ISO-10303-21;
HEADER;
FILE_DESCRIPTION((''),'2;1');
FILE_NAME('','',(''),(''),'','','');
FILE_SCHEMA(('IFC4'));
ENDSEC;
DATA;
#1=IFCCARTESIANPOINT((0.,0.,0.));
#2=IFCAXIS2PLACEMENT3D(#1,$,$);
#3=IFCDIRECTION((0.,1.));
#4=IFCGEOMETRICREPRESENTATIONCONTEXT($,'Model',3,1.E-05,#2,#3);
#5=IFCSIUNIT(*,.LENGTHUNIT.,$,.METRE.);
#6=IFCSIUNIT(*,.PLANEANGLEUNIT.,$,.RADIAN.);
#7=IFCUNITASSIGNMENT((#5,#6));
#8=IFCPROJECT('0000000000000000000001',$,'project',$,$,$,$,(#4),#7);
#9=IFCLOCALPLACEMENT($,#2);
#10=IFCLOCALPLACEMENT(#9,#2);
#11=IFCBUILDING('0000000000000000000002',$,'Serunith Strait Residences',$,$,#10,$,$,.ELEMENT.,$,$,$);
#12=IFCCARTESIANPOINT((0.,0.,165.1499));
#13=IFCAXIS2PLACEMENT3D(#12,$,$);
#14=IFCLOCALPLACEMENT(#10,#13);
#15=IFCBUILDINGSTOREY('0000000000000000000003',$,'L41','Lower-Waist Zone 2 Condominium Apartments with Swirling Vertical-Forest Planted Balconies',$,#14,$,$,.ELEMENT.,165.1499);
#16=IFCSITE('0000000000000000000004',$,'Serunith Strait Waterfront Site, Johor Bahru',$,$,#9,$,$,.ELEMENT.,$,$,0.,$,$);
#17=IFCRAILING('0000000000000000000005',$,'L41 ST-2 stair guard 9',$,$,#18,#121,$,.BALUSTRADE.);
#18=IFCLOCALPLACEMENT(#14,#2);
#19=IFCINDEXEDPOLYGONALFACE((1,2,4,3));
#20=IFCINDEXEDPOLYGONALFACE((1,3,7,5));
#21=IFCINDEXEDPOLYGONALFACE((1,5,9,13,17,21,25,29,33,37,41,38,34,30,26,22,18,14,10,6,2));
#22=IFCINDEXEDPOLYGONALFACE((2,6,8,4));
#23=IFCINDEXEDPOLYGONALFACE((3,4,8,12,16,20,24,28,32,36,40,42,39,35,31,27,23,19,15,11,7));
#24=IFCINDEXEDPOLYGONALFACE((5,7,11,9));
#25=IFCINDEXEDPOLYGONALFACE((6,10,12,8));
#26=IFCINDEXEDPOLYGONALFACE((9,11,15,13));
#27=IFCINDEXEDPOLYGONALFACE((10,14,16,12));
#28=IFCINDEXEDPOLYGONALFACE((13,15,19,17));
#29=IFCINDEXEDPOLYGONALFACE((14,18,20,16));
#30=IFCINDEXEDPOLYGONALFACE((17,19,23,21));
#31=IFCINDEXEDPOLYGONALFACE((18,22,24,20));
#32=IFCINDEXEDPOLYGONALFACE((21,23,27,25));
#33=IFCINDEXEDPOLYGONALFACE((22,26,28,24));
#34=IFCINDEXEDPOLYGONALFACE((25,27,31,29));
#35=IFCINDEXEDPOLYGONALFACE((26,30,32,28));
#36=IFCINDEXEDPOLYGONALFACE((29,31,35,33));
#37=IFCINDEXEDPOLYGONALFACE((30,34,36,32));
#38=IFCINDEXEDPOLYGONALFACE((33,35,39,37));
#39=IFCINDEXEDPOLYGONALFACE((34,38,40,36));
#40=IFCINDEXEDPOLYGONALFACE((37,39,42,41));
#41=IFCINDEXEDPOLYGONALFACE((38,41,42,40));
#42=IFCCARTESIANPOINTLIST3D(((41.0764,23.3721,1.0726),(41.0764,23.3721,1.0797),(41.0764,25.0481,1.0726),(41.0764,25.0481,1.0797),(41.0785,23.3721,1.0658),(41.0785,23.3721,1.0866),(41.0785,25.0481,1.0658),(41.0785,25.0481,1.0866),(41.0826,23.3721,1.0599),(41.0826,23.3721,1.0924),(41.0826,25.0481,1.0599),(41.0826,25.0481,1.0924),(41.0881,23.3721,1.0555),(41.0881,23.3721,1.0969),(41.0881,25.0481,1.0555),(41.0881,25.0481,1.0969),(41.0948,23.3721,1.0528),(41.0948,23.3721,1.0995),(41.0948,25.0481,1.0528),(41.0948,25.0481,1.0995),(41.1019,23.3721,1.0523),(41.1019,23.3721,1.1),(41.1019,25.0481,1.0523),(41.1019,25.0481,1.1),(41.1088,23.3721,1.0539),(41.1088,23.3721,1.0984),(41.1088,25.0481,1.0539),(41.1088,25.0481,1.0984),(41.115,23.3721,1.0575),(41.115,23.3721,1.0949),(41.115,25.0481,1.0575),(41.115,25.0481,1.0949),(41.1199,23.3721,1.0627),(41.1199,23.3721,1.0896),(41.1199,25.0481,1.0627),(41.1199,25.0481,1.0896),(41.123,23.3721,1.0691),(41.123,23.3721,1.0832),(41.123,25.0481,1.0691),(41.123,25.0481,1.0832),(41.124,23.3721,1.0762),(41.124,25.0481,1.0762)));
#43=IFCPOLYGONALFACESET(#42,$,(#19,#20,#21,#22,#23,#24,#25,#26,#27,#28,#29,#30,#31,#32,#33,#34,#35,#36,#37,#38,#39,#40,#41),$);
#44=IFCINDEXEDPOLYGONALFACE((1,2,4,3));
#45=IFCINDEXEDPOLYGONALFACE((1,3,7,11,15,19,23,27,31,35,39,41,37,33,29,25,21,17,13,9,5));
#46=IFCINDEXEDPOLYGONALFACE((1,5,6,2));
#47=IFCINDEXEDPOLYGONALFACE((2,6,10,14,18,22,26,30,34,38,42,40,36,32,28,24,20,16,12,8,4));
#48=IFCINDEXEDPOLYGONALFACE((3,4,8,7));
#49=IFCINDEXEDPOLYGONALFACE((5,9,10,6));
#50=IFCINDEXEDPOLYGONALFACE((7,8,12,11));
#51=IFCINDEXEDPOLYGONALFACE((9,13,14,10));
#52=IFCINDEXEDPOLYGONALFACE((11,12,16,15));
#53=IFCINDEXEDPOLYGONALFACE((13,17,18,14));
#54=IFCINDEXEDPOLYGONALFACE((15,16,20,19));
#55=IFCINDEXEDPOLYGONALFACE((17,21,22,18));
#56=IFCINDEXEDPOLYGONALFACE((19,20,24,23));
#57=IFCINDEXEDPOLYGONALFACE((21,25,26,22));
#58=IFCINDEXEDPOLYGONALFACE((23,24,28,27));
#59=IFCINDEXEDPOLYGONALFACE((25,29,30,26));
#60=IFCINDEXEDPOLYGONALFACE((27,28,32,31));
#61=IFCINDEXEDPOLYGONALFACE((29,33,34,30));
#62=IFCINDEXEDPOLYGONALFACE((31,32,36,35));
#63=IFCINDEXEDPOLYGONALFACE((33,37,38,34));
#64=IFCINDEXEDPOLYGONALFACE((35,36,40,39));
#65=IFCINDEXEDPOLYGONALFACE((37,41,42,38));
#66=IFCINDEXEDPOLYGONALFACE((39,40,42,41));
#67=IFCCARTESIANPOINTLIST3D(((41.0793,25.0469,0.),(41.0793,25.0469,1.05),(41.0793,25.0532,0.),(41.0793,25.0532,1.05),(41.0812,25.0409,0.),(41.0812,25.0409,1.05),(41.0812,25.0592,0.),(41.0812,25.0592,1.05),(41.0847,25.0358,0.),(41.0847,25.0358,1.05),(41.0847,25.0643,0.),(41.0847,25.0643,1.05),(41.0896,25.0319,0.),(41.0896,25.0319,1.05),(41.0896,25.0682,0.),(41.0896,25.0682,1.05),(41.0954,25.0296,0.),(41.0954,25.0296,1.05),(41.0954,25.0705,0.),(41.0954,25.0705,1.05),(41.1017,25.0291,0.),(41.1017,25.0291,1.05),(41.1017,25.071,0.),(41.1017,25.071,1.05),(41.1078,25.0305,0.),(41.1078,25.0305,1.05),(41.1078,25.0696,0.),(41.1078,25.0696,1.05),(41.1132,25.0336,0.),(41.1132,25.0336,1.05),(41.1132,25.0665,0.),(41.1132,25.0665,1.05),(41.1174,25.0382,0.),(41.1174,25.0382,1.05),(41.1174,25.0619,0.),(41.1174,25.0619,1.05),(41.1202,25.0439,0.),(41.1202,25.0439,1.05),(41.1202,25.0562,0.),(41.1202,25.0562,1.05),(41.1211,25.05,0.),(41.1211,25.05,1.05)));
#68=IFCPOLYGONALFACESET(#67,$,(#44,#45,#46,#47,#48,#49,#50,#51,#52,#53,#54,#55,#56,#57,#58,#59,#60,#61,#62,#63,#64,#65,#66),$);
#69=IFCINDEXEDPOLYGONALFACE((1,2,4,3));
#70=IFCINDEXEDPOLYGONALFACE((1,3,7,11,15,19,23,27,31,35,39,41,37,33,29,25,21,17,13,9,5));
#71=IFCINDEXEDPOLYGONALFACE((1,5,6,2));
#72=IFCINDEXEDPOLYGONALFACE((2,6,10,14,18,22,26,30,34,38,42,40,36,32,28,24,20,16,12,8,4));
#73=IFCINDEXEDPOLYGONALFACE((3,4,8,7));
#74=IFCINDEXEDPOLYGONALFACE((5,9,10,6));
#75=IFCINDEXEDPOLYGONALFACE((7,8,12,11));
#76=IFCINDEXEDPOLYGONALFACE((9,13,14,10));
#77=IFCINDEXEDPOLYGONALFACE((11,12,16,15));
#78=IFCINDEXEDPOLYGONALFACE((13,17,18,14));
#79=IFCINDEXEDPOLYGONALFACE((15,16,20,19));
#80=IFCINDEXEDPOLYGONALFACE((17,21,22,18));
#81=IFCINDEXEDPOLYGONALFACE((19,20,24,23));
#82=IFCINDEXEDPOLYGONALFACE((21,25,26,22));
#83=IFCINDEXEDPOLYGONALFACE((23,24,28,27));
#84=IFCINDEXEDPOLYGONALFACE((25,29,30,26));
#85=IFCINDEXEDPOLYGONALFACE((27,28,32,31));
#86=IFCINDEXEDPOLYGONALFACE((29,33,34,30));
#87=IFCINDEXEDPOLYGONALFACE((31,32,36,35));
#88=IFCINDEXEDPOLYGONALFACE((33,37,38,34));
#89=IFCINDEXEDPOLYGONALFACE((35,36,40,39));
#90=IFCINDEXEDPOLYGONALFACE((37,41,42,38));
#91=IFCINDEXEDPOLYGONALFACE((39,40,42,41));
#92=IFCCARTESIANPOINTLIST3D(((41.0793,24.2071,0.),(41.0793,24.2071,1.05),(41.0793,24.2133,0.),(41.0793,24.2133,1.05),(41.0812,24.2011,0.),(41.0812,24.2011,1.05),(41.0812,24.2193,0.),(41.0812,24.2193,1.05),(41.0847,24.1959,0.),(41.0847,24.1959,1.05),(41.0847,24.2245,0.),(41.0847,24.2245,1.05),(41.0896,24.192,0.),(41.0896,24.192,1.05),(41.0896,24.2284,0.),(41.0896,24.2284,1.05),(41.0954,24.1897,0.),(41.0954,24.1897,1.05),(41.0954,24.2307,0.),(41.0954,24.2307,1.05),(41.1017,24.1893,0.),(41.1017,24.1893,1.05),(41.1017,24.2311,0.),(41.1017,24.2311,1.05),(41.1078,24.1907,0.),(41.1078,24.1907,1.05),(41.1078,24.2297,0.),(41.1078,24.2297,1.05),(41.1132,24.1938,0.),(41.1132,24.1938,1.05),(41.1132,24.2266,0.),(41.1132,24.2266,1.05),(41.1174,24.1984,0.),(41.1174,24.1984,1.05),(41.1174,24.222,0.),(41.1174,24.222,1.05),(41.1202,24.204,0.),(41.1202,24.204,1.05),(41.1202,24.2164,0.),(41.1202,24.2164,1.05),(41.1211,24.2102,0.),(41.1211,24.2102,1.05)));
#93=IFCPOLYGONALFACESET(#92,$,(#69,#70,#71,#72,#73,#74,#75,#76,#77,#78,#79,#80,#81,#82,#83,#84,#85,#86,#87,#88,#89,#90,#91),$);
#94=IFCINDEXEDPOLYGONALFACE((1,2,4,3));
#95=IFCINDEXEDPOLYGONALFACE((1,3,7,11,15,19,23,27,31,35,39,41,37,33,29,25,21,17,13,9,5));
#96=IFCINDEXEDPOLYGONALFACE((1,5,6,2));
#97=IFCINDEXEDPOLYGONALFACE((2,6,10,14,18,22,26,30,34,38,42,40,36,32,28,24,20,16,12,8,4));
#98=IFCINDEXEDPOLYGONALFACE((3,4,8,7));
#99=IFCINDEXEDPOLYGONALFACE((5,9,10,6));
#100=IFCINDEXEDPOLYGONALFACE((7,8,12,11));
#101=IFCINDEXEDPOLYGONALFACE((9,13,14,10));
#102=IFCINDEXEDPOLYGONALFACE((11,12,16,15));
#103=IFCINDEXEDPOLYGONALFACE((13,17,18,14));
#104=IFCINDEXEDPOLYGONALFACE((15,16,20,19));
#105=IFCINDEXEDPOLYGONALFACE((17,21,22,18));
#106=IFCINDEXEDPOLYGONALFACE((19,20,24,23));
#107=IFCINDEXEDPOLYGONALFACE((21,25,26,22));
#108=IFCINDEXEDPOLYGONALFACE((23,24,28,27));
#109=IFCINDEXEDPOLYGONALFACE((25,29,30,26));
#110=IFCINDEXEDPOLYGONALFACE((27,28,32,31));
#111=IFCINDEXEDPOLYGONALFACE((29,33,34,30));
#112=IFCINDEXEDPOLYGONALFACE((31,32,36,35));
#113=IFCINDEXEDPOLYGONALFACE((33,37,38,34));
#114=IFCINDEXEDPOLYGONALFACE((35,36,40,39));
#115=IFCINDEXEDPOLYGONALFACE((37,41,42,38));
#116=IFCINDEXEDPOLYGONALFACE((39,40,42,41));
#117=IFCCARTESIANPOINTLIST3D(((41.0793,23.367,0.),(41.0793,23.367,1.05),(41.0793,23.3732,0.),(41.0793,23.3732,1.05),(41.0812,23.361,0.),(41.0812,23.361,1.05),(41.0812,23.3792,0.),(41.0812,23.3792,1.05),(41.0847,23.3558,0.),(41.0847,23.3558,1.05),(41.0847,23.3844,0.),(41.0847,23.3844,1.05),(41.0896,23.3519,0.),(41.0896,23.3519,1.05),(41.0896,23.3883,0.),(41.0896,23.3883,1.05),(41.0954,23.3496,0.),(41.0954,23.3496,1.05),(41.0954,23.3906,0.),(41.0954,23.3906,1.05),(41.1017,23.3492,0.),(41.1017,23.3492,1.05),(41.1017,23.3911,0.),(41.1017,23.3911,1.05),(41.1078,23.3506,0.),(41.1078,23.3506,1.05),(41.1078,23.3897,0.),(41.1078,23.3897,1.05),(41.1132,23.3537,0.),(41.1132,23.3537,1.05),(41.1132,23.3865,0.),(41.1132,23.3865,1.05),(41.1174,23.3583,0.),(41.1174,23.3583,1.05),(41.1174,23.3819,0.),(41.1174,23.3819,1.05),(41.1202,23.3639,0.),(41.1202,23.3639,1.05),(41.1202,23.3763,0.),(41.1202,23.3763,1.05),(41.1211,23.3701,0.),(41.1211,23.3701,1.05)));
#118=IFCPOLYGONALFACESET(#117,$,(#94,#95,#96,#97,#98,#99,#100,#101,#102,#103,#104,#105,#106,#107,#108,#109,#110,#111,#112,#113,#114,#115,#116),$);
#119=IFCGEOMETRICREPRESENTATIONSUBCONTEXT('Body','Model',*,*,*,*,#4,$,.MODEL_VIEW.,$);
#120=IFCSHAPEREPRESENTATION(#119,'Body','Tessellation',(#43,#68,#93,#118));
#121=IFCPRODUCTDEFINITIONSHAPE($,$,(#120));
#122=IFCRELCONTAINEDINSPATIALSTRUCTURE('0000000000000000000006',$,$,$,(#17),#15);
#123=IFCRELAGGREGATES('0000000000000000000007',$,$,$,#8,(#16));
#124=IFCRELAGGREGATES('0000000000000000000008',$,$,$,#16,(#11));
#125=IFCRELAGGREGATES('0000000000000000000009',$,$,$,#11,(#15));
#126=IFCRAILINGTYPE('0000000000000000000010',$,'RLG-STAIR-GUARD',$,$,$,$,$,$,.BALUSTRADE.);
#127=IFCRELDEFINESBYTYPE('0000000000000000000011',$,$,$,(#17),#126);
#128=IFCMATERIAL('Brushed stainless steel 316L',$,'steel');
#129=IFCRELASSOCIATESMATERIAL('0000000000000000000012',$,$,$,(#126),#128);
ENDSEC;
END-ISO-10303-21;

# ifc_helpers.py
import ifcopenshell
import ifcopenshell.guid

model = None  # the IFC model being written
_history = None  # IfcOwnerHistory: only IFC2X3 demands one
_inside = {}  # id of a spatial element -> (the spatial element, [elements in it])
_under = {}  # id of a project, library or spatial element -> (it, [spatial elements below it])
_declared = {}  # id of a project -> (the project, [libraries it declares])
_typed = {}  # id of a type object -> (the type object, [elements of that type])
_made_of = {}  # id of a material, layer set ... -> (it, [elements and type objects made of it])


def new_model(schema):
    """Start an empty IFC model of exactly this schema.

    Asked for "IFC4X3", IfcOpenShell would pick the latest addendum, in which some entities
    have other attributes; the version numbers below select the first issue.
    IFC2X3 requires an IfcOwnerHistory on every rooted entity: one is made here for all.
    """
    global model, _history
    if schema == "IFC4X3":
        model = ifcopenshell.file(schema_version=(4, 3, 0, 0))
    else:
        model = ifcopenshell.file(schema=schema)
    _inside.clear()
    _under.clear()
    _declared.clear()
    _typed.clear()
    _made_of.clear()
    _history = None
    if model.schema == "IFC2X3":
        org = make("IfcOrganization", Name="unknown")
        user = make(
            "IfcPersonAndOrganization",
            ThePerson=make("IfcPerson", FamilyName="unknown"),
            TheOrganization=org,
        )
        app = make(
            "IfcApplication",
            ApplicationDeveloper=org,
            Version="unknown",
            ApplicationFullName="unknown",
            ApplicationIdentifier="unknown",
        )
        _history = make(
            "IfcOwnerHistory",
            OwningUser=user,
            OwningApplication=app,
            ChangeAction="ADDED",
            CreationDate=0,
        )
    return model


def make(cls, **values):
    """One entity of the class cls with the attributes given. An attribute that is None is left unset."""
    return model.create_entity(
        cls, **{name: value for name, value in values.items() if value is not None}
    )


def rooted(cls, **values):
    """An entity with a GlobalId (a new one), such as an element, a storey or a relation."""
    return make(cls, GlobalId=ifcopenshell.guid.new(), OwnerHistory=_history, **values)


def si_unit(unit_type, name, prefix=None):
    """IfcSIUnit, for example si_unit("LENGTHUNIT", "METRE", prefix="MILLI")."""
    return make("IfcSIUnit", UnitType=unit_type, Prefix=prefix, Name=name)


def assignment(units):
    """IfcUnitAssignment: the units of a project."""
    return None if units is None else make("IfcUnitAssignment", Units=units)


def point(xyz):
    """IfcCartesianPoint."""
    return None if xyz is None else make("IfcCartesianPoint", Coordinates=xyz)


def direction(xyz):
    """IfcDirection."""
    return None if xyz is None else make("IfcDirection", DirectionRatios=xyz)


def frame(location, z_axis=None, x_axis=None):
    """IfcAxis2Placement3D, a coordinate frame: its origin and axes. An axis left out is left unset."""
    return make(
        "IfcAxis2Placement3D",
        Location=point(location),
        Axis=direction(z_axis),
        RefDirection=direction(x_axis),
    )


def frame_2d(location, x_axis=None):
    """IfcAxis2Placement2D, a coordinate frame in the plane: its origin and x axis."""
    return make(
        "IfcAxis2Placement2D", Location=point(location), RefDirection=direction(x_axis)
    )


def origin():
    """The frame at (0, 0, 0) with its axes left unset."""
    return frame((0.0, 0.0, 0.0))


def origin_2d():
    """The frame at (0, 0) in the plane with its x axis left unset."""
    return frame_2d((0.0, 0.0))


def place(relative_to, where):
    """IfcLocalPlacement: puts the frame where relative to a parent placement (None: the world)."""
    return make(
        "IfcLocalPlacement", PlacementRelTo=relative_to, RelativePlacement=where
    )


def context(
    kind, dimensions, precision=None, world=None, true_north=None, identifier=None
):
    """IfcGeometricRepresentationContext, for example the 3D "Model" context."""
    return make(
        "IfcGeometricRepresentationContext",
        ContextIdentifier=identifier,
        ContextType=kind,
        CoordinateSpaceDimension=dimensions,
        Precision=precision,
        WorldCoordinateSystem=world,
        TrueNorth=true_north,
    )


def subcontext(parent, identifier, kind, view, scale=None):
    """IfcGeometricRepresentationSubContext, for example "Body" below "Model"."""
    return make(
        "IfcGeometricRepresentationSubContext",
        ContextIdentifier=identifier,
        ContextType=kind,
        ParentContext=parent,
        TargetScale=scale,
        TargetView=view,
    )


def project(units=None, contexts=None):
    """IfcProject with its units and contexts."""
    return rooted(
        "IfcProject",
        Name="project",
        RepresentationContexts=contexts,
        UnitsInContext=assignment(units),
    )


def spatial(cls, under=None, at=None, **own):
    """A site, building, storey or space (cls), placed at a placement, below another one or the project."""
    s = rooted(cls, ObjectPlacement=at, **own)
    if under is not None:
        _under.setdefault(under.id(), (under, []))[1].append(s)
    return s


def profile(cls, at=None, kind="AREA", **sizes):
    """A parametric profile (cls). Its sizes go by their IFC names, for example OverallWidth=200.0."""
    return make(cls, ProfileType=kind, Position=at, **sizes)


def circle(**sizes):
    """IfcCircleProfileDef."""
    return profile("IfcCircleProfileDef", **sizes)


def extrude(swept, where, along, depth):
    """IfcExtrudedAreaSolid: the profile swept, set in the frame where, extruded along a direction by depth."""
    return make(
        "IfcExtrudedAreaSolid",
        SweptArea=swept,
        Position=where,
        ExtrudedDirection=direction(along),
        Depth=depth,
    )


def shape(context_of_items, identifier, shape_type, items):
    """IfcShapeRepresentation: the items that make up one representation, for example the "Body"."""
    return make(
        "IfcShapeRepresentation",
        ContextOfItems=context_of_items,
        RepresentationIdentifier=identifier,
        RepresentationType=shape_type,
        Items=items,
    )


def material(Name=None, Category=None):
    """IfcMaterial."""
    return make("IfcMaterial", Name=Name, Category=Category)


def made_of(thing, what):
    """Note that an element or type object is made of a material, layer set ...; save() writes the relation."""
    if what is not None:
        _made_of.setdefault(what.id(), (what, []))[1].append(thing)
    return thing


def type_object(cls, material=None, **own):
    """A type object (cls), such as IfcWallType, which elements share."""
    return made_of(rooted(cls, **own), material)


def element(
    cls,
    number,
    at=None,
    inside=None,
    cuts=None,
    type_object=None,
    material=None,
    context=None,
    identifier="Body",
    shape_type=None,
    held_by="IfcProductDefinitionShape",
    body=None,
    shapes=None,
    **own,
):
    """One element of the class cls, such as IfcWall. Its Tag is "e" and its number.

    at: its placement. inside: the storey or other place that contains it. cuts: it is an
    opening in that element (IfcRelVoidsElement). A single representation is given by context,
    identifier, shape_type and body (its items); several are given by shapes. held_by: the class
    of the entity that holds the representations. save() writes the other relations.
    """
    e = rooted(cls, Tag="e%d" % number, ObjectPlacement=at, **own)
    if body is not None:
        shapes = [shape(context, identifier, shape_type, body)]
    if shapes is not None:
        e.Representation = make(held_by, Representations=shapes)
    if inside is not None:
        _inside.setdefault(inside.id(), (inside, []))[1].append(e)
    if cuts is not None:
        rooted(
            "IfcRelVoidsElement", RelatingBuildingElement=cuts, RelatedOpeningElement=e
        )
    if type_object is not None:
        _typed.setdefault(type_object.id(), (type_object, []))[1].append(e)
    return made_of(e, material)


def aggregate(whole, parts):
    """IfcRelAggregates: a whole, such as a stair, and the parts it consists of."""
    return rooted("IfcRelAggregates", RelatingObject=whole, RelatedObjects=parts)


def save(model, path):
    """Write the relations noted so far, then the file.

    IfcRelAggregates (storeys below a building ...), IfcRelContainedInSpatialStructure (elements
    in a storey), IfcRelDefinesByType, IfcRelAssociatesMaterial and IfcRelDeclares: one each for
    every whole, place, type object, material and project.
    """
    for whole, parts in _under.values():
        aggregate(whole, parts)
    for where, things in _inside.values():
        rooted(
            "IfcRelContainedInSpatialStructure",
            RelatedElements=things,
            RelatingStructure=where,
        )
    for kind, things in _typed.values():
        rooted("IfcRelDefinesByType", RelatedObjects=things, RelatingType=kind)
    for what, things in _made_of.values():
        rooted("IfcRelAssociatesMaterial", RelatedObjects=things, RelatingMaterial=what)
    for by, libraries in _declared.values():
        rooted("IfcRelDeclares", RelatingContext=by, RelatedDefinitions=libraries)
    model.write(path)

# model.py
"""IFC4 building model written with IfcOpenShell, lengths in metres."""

from ifc_helpers import new_model, si_unit, direction, frame, origin, origin_2d, place, context, subcontext, project, spatial, circle, extrude, material, type_object, element, save


model = new_model("IFC4")

# Units and contexts
model_context = context("Model", 3, precision=1e-05, world=origin(), true_north=direction((0.0, 1.0)))
body_context = subcontext(model_context, "Body", "Model", "MODEL_VIEW")
ifc_project = project(units=[si_unit("LENGTHUNIT", "METRE"), si_unit("PLANEANGLEUNIT", "RADIAN")], contexts=[model_context])

# Site, building, storey
site_placement = place(None, origin())
site = spatial("IfcSite", under=ifc_project, at=site_placement, Name="Serunith Strait Waterfront Site, Johor Bahru", CompositionType="ELEMENT", RefElevation=0.0)
building_placement = place(site_placement, origin())
building = spatial("IfcBuilding", under=site, at=building_placement, Name="Serunith Strait Residences", CompositionType="ELEMENT")
storey_placement = place(building_placement, frame((0.0, 0.0, 165.1499)))
storey = spatial("IfcBuildingStorey", under=building, at=storey_placement, Name="L41", Description="Lower-Waist Zone 2 Condominium Apartments with Swirling Vertical-Forest Planted Balconies", CompositionType="ELEMENT", Elevation=165.1499)

# Railing
ifc_material_1 = material(Name="Brushed stainless steel 316L", Category="steel")
railing_type = type_object("IfcRailingType", Name="RLG-STAIR-GUARD", PredefinedType="BALUSTRADE", material=ifc_material_1)
for number, where, name in (
    (1, (41.1001, 25.05, 0.0), "L41 ST-2 stair guard 9"),
):
    element("IfcRailing", number, at=place(storey_placement, frame(where)), inside=storey, type_object=railing_type, Name=name, PredefinedType="BALUSTRADE", context=body_context, shape_type="SweptSolid", body=[
        extrude(circle(Radius=0.0239, at=origin_2d()), frame((0.0, -0.002, 1.0762), z_axis=(0.0, -1.0, 0.0), x_axis=(1.0, 0.0, 0.0)), (0.0, 0.0, 1.0), 1.676),
        extrude(circle(Radius=0.021, at=origin_2d()), origin(), (0.0, 0.0, 1.0), 1.05),
        extrude(circle(Radius=0.021, at=origin_2d()), frame((0.0, -0.8398, 0.0)), (0.0, 0.0, 1.0), 1.05),
        extrude(circle(Radius=0.021, at=origin_2d()), frame((0.0, -1.6799, 0.0)), (0.0, 0.0, 1.0), 1.05),
    ])

save(model, "model.ifc")
